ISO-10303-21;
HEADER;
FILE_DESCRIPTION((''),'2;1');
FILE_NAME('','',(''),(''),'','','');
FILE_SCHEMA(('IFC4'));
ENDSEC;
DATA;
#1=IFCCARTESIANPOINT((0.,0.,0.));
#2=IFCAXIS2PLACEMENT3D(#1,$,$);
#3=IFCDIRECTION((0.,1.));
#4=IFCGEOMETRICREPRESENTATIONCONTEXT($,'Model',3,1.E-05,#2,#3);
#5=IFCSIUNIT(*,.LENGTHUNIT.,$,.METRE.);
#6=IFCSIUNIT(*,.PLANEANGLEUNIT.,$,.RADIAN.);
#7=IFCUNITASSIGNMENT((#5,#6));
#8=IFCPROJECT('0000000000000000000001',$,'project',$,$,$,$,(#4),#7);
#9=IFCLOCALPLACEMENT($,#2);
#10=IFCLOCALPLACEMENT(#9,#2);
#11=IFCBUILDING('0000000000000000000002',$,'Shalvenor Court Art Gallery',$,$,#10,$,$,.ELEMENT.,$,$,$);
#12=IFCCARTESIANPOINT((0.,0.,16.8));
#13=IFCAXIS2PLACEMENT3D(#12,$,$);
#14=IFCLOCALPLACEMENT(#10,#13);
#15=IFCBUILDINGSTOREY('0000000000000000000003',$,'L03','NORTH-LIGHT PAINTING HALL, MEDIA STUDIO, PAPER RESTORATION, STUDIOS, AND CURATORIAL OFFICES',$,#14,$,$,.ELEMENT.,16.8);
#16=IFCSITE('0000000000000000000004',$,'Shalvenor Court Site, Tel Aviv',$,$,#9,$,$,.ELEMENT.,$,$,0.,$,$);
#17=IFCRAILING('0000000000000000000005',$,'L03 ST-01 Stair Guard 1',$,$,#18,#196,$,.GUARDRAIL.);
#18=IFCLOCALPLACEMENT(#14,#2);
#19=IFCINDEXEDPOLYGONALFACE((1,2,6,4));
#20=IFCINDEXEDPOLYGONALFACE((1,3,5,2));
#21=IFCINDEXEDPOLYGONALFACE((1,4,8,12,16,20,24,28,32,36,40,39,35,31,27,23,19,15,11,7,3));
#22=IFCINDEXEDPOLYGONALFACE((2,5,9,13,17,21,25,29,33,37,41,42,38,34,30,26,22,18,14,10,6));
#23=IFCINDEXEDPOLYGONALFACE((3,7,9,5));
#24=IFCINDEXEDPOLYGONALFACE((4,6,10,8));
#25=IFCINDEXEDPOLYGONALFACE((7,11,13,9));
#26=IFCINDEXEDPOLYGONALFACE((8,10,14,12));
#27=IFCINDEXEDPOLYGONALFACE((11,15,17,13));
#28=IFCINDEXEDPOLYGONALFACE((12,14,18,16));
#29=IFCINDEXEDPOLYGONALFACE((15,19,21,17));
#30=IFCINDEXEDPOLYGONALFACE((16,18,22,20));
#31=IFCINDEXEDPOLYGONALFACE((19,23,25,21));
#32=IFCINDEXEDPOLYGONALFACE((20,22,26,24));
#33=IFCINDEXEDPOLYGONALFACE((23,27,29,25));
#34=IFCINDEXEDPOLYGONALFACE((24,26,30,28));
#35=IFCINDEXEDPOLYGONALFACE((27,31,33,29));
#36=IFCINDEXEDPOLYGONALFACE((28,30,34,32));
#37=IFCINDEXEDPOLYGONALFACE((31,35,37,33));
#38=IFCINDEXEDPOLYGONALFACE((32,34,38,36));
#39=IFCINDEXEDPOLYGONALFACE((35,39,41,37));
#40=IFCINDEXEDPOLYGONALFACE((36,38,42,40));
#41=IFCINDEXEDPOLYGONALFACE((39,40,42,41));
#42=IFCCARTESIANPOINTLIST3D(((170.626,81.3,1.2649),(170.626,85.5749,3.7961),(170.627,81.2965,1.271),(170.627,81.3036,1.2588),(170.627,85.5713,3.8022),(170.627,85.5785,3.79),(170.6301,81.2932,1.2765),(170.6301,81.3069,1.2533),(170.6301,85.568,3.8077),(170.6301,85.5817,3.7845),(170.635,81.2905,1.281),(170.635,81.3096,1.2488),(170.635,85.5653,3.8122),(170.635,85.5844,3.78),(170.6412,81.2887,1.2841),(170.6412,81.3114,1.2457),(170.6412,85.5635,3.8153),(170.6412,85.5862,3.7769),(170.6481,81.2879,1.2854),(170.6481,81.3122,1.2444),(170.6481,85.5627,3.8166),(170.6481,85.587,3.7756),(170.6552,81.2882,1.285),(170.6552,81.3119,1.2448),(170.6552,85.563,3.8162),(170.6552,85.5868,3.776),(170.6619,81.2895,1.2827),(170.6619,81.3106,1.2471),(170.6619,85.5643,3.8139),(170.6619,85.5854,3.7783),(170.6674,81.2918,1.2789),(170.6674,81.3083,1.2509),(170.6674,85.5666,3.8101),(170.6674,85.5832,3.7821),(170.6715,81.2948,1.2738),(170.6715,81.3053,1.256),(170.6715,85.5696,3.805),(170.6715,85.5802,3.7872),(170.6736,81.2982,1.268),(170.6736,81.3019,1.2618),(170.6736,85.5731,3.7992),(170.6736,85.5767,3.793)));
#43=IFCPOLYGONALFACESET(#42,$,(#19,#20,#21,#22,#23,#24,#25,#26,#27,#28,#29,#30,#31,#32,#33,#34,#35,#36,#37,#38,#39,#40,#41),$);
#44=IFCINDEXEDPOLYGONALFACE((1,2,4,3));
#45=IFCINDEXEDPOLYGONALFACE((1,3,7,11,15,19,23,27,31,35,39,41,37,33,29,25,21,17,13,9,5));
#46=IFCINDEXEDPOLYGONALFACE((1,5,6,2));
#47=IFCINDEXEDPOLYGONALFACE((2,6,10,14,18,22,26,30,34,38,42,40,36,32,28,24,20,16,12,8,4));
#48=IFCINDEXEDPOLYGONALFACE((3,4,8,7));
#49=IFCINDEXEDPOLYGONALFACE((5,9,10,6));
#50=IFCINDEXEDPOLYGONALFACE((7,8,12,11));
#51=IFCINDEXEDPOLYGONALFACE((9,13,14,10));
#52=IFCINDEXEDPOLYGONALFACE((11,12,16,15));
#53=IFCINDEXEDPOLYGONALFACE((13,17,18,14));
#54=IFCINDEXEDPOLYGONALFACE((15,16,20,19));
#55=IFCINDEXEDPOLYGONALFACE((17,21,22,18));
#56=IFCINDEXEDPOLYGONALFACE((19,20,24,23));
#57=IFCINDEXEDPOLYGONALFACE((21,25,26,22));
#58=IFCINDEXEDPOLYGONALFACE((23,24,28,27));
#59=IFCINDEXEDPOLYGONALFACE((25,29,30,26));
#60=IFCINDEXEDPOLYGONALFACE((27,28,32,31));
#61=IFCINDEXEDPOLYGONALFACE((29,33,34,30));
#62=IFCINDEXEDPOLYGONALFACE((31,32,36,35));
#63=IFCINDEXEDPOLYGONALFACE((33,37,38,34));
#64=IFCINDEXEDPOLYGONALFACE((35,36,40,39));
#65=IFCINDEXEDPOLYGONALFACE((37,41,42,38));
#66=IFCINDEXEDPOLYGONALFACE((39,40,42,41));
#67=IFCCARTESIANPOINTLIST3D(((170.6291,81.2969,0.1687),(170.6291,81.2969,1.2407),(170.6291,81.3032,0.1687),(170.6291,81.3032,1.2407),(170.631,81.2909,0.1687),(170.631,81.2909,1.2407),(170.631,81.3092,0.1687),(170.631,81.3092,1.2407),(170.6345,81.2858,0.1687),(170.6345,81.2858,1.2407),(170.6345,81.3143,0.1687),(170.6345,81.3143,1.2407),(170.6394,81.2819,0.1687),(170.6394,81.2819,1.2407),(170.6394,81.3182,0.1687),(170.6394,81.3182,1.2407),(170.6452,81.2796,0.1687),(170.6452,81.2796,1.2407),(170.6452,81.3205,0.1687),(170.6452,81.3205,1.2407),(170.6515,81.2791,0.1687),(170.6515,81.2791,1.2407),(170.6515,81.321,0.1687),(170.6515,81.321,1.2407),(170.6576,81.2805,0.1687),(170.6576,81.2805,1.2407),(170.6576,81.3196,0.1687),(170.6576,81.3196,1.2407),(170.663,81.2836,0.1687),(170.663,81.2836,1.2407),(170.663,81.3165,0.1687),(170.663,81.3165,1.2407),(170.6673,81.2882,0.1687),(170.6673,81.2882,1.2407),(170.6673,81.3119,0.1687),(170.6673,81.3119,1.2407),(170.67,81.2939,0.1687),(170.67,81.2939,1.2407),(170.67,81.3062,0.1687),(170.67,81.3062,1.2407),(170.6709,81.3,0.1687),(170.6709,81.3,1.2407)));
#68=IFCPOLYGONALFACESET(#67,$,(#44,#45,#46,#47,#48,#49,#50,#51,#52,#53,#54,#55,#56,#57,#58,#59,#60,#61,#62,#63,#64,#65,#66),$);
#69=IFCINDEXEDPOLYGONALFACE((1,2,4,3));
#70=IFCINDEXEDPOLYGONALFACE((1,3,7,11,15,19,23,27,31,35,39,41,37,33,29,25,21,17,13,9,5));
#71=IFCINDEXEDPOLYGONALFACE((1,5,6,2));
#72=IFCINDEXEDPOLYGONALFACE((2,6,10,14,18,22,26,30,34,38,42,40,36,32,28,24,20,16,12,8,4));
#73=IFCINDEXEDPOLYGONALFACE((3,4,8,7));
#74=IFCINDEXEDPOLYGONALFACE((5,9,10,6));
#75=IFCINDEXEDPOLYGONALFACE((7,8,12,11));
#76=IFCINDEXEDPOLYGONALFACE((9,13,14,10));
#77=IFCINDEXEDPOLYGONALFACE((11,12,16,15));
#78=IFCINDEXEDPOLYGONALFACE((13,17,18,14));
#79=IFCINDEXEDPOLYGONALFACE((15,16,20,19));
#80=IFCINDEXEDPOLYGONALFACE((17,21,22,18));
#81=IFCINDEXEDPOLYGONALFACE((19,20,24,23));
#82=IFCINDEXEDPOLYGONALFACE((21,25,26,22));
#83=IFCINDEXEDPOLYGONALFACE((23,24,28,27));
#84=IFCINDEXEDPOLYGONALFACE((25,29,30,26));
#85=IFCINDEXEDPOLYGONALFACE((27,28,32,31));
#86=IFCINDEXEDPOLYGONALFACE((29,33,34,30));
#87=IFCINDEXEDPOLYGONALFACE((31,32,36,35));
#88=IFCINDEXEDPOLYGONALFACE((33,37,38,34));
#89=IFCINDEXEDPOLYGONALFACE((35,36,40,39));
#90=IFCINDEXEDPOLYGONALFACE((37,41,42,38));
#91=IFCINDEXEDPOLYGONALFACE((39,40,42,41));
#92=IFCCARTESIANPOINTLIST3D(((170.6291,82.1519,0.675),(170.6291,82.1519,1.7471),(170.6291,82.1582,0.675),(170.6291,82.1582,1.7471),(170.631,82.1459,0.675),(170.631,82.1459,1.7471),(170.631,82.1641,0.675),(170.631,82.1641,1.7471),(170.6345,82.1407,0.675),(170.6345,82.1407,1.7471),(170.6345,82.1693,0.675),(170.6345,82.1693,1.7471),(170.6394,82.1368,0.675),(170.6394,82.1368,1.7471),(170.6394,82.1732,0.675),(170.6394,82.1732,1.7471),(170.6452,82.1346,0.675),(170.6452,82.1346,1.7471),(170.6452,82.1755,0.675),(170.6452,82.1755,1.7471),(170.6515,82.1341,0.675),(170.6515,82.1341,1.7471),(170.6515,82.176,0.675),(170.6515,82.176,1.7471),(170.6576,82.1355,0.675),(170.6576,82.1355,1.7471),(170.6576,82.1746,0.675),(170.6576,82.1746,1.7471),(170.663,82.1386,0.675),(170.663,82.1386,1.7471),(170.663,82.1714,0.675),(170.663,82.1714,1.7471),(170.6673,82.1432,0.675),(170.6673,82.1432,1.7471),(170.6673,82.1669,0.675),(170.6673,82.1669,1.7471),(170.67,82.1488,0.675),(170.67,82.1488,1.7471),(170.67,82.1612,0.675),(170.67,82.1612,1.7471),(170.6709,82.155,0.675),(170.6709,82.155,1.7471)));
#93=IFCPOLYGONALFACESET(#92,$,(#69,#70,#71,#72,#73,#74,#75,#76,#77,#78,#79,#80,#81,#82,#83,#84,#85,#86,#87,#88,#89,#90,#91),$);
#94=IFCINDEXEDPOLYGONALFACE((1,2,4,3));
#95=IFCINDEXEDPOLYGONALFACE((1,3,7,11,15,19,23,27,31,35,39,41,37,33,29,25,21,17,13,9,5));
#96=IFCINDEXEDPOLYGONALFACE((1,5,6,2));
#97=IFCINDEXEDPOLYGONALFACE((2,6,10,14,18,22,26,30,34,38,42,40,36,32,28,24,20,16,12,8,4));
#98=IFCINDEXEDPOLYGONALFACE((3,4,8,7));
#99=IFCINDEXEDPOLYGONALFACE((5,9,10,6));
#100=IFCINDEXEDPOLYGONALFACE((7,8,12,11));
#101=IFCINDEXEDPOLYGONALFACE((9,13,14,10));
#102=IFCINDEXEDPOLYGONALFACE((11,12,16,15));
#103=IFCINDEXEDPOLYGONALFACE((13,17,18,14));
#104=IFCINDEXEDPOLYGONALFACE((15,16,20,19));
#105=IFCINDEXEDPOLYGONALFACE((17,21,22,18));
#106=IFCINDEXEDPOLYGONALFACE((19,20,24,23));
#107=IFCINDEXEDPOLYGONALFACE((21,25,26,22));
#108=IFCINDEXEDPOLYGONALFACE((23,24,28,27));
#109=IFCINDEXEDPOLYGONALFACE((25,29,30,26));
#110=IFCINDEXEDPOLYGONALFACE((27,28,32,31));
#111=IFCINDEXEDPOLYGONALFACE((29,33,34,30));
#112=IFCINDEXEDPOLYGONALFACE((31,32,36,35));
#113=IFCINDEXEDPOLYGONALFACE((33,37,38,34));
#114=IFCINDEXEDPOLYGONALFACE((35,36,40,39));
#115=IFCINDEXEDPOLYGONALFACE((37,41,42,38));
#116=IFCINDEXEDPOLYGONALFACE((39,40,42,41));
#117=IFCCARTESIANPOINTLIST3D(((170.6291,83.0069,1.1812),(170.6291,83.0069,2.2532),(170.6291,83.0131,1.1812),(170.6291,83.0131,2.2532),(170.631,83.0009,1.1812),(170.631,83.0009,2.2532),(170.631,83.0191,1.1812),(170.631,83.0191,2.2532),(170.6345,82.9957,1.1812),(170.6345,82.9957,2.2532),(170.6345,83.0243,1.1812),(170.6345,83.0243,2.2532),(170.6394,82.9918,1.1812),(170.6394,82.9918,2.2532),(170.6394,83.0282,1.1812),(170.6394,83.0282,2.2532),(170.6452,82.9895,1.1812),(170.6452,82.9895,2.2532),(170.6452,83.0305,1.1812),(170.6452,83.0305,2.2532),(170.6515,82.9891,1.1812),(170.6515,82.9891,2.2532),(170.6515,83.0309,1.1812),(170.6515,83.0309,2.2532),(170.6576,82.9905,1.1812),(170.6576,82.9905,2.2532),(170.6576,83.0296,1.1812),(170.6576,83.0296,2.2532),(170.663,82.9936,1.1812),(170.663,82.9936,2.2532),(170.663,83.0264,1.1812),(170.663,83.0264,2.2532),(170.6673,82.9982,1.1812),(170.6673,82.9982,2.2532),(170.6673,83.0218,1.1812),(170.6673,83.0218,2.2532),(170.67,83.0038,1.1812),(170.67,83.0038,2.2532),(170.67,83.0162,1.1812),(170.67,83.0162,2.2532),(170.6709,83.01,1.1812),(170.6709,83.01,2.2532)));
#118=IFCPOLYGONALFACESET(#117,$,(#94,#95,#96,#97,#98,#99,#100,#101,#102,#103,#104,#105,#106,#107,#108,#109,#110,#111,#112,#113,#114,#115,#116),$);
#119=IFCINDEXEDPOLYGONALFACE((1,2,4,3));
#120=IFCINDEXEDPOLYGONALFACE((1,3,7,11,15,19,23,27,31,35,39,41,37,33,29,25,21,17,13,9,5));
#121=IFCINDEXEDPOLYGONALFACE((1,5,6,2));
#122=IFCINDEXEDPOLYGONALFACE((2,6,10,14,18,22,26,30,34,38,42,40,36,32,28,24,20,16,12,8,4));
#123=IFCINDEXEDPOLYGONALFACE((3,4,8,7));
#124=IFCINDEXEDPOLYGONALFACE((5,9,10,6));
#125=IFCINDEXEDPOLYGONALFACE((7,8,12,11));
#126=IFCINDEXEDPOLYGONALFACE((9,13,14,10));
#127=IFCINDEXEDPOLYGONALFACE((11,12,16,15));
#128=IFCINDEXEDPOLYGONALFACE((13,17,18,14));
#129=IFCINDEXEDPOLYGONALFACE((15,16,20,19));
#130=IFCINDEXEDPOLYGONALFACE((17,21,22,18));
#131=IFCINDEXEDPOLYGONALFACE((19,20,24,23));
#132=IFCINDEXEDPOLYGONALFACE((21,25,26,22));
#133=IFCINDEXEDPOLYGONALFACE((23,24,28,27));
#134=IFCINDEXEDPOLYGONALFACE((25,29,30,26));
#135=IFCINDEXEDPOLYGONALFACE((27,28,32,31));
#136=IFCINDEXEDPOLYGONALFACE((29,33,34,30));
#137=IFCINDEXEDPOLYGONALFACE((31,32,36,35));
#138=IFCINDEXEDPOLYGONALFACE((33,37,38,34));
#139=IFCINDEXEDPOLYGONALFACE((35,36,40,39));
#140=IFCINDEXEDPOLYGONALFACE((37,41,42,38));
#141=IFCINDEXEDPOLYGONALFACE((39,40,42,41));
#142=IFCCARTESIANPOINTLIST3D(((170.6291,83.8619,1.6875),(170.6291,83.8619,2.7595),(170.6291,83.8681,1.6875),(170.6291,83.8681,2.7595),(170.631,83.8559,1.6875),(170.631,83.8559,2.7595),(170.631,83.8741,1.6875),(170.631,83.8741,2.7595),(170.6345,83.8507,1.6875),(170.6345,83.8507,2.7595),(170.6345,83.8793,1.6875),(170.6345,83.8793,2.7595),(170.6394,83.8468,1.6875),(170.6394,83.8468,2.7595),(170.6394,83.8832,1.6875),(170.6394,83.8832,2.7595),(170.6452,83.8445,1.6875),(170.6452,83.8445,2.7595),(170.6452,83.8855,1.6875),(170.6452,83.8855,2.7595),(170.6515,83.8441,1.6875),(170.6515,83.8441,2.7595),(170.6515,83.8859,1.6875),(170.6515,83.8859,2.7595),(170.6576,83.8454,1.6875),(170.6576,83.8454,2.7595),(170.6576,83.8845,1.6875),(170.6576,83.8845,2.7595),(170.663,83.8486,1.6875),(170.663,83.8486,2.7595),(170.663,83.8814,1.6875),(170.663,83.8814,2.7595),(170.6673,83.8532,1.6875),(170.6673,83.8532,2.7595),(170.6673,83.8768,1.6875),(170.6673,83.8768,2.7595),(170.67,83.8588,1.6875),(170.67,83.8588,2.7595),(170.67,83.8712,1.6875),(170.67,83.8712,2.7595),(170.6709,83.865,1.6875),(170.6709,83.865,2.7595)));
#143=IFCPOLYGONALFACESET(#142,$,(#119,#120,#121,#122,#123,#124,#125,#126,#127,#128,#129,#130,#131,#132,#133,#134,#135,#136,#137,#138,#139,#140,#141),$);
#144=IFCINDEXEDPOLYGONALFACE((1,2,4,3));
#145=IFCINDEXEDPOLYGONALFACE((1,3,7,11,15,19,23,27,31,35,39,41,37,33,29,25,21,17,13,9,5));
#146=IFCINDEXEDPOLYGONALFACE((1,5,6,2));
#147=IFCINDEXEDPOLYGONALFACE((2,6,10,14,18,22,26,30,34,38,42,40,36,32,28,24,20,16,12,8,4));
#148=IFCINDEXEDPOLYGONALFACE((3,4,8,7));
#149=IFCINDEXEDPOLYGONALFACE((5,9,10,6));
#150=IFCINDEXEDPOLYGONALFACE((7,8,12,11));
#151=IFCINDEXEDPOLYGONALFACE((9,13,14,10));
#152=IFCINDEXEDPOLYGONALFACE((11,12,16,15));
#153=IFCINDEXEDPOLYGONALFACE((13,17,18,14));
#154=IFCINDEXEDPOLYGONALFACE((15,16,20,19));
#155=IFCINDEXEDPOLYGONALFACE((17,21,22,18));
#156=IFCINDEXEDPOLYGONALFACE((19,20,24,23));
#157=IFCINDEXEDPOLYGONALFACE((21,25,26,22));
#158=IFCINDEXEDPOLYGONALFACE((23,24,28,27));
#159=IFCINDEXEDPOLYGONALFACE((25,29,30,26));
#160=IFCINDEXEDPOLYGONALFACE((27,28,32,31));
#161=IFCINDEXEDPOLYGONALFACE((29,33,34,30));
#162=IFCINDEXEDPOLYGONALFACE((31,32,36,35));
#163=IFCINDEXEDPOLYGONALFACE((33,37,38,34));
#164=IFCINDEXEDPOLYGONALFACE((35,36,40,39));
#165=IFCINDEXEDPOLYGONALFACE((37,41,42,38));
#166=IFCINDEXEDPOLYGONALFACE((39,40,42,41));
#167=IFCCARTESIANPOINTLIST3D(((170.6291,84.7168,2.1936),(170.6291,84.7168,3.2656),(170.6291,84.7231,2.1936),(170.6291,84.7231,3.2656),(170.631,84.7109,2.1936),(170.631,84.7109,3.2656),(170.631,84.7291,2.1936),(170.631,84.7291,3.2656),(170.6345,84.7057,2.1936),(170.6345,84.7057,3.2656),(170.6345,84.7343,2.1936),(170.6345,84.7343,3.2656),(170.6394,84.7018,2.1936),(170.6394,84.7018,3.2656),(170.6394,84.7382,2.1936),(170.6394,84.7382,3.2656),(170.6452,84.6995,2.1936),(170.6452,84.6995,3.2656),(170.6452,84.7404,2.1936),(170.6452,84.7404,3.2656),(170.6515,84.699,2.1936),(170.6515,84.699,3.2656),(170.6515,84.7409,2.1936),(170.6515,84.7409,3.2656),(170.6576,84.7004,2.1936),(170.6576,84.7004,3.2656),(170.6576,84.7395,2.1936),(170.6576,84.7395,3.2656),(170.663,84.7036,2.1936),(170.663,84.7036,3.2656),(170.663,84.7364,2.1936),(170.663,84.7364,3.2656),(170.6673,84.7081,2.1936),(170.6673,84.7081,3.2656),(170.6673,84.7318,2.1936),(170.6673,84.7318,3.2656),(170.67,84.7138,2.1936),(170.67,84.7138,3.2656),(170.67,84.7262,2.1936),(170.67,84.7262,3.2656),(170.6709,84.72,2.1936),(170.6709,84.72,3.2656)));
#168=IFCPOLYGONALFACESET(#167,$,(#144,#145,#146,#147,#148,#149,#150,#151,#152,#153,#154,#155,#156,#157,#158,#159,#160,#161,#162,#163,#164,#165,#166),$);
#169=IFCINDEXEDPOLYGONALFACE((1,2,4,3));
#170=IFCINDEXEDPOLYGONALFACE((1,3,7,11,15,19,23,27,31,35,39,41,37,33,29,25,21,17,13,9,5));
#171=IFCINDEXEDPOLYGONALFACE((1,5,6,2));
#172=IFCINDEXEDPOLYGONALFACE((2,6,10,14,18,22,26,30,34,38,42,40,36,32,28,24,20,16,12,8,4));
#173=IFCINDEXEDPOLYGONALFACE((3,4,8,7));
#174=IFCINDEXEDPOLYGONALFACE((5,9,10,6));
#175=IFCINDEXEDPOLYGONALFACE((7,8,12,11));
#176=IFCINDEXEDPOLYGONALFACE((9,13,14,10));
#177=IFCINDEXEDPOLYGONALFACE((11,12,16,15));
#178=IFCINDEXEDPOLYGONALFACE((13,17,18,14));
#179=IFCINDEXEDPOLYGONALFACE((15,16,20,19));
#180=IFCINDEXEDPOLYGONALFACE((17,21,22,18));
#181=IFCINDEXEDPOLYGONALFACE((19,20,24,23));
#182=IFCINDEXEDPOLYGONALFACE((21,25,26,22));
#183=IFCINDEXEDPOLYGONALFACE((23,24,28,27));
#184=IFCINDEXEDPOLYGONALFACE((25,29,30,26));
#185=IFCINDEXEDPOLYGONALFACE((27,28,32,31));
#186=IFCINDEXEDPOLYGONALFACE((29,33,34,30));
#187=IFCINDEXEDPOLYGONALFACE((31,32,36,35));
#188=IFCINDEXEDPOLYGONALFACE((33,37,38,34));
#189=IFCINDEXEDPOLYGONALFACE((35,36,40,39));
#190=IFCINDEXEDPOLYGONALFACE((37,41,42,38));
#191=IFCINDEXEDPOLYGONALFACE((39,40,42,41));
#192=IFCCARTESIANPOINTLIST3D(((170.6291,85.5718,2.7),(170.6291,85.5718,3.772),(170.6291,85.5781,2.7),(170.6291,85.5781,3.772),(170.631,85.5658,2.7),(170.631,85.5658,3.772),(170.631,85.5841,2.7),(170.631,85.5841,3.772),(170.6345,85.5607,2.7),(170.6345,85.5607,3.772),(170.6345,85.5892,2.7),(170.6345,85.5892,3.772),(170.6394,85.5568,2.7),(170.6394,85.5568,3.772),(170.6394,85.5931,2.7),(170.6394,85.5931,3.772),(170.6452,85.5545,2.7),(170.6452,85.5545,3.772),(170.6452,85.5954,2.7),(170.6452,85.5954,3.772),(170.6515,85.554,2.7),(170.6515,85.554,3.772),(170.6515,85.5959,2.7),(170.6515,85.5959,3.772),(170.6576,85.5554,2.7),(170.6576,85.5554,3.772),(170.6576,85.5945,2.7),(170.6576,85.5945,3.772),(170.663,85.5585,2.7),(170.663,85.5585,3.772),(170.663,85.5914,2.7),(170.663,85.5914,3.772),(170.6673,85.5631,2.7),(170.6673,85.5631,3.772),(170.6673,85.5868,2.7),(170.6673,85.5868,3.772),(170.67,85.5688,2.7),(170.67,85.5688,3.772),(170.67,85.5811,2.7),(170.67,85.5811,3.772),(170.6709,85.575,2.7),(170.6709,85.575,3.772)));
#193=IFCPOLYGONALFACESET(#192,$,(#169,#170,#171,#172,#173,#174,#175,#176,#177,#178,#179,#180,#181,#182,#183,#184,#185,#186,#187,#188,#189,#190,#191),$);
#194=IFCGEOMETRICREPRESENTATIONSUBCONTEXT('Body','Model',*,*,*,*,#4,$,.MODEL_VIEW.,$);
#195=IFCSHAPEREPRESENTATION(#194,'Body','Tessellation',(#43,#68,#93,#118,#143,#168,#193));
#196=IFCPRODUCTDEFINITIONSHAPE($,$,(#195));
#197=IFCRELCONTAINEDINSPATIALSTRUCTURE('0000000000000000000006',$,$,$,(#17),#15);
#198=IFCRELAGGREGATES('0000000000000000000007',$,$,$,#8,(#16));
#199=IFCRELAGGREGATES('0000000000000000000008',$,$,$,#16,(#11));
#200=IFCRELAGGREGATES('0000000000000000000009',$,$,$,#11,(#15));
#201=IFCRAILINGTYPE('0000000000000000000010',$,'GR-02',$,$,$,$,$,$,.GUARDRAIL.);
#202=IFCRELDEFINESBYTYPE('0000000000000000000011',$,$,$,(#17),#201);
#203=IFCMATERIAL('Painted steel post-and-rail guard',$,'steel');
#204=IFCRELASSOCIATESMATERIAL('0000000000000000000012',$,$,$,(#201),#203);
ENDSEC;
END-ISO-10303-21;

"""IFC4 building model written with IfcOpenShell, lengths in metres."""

from ifc_helpers import new_model, si_unit, direction, frame, origin, origin_2d, place, context, subcontext, project, spatial, circle, extrude, material, type_object, element, save


model = new_model("IFC4")

# Units and contexts
model_context = context("Model", 3, precision=1e-05, world=origin(), true_north=direction((0.0, 1.0)))
body_context = subcontext(model_context, "Body", "Model", "MODEL_VIEW")
ifc_project = project(units=[si_unit("LENGTHUNIT", "METRE"), si_unit("PLANEANGLEUNIT", "RADIAN")], contexts=[model_context])

# Site, building, storey
site_placement = place(None, origin())
site = spatial("IfcSite", under=ifc_project, at=site_placement, Name="Shalvenor Court Site, Tel Aviv", CompositionType="ELEMENT", RefElevation=0.0)
building_placement = place(site_placement, origin())
building = spatial("IfcBuilding", under=site, at=building_placement, Name="Shalvenor Court Art Gallery", CompositionType="ELEMENT")
storey_placement = place(building_placement, frame((0.0, 0.0, 16.8)))
storey = spatial("IfcBuildingStorey", under=building, at=storey_placement, Name="L03", Description="NORTH-LIGHT PAINTING HALL, MEDIA STUDIO, PAPER RESTORATION, STUDIOS, AND CURATORIAL OFFICES", CompositionType="ELEMENT", Elevation=16.8)

# Railing
ifc_material_1 = material(Name="Painted steel post-and-rail guard", Category="steel")
railing_type_1 = type_object("IfcRailingType", Name="GR-02", PredefinedType="GUARDRAIL", material=ifc_material_1)
railing_1_placement = place(storey_placement, frame((170.6499, 81.3, 0.1687)))
element("IfcRailing", 1, at=railing_1_placement, inside=storey, type_object=railing_type_1, Name="L03 ST-01 Stair Guard 1", PredefinedType="GUARDRAIL", context=body_context, shape_type="SweptSolid", body=[
    extrude(circle(Radius=0.0239, at=origin_2d()), frame((0.0, 0.0, 1.0962), z_axis=(0.0, 0.86047, 0.509501), x_axis=(-1.0, 0.0, 0.0)), (0.0, 0.0, 1.0), 4.968),
    extrude(circle(Radius=0.021, at=origin_2d()), origin(), (0.0, 0.0, 1.0), 1.072),
    extrude(circle(Radius=0.021, at=origin_2d()), frame((0.0, 0.855, 0.5063)), (0.0, 0.0, 1.0), 1.072),
    extrude(circle(Radius=0.021, at=origin_2d()), frame((0.0, 1.71, 1.0125)), (0.0, 0.0, 1.0), 1.072),
    extrude(circle(Radius=0.021, at=origin_2d()), frame((0.0, 2.5649, 1.5188)), (0.0, 0.0, 1.0), 1.072),
    extrude(circle(Radius=0.021, at=origin_2d()), frame((0.0, 3.4199, 2.0249)), (0.0, 0.0, 1.0), 1.072),
    extrude(circle(Radius=0.021, at=origin_2d()), frame((0.0, 4.2749, 2.5312)), (0.0, 0.0, 1.0), 1.072),
])

save(model, "model.ifc")
